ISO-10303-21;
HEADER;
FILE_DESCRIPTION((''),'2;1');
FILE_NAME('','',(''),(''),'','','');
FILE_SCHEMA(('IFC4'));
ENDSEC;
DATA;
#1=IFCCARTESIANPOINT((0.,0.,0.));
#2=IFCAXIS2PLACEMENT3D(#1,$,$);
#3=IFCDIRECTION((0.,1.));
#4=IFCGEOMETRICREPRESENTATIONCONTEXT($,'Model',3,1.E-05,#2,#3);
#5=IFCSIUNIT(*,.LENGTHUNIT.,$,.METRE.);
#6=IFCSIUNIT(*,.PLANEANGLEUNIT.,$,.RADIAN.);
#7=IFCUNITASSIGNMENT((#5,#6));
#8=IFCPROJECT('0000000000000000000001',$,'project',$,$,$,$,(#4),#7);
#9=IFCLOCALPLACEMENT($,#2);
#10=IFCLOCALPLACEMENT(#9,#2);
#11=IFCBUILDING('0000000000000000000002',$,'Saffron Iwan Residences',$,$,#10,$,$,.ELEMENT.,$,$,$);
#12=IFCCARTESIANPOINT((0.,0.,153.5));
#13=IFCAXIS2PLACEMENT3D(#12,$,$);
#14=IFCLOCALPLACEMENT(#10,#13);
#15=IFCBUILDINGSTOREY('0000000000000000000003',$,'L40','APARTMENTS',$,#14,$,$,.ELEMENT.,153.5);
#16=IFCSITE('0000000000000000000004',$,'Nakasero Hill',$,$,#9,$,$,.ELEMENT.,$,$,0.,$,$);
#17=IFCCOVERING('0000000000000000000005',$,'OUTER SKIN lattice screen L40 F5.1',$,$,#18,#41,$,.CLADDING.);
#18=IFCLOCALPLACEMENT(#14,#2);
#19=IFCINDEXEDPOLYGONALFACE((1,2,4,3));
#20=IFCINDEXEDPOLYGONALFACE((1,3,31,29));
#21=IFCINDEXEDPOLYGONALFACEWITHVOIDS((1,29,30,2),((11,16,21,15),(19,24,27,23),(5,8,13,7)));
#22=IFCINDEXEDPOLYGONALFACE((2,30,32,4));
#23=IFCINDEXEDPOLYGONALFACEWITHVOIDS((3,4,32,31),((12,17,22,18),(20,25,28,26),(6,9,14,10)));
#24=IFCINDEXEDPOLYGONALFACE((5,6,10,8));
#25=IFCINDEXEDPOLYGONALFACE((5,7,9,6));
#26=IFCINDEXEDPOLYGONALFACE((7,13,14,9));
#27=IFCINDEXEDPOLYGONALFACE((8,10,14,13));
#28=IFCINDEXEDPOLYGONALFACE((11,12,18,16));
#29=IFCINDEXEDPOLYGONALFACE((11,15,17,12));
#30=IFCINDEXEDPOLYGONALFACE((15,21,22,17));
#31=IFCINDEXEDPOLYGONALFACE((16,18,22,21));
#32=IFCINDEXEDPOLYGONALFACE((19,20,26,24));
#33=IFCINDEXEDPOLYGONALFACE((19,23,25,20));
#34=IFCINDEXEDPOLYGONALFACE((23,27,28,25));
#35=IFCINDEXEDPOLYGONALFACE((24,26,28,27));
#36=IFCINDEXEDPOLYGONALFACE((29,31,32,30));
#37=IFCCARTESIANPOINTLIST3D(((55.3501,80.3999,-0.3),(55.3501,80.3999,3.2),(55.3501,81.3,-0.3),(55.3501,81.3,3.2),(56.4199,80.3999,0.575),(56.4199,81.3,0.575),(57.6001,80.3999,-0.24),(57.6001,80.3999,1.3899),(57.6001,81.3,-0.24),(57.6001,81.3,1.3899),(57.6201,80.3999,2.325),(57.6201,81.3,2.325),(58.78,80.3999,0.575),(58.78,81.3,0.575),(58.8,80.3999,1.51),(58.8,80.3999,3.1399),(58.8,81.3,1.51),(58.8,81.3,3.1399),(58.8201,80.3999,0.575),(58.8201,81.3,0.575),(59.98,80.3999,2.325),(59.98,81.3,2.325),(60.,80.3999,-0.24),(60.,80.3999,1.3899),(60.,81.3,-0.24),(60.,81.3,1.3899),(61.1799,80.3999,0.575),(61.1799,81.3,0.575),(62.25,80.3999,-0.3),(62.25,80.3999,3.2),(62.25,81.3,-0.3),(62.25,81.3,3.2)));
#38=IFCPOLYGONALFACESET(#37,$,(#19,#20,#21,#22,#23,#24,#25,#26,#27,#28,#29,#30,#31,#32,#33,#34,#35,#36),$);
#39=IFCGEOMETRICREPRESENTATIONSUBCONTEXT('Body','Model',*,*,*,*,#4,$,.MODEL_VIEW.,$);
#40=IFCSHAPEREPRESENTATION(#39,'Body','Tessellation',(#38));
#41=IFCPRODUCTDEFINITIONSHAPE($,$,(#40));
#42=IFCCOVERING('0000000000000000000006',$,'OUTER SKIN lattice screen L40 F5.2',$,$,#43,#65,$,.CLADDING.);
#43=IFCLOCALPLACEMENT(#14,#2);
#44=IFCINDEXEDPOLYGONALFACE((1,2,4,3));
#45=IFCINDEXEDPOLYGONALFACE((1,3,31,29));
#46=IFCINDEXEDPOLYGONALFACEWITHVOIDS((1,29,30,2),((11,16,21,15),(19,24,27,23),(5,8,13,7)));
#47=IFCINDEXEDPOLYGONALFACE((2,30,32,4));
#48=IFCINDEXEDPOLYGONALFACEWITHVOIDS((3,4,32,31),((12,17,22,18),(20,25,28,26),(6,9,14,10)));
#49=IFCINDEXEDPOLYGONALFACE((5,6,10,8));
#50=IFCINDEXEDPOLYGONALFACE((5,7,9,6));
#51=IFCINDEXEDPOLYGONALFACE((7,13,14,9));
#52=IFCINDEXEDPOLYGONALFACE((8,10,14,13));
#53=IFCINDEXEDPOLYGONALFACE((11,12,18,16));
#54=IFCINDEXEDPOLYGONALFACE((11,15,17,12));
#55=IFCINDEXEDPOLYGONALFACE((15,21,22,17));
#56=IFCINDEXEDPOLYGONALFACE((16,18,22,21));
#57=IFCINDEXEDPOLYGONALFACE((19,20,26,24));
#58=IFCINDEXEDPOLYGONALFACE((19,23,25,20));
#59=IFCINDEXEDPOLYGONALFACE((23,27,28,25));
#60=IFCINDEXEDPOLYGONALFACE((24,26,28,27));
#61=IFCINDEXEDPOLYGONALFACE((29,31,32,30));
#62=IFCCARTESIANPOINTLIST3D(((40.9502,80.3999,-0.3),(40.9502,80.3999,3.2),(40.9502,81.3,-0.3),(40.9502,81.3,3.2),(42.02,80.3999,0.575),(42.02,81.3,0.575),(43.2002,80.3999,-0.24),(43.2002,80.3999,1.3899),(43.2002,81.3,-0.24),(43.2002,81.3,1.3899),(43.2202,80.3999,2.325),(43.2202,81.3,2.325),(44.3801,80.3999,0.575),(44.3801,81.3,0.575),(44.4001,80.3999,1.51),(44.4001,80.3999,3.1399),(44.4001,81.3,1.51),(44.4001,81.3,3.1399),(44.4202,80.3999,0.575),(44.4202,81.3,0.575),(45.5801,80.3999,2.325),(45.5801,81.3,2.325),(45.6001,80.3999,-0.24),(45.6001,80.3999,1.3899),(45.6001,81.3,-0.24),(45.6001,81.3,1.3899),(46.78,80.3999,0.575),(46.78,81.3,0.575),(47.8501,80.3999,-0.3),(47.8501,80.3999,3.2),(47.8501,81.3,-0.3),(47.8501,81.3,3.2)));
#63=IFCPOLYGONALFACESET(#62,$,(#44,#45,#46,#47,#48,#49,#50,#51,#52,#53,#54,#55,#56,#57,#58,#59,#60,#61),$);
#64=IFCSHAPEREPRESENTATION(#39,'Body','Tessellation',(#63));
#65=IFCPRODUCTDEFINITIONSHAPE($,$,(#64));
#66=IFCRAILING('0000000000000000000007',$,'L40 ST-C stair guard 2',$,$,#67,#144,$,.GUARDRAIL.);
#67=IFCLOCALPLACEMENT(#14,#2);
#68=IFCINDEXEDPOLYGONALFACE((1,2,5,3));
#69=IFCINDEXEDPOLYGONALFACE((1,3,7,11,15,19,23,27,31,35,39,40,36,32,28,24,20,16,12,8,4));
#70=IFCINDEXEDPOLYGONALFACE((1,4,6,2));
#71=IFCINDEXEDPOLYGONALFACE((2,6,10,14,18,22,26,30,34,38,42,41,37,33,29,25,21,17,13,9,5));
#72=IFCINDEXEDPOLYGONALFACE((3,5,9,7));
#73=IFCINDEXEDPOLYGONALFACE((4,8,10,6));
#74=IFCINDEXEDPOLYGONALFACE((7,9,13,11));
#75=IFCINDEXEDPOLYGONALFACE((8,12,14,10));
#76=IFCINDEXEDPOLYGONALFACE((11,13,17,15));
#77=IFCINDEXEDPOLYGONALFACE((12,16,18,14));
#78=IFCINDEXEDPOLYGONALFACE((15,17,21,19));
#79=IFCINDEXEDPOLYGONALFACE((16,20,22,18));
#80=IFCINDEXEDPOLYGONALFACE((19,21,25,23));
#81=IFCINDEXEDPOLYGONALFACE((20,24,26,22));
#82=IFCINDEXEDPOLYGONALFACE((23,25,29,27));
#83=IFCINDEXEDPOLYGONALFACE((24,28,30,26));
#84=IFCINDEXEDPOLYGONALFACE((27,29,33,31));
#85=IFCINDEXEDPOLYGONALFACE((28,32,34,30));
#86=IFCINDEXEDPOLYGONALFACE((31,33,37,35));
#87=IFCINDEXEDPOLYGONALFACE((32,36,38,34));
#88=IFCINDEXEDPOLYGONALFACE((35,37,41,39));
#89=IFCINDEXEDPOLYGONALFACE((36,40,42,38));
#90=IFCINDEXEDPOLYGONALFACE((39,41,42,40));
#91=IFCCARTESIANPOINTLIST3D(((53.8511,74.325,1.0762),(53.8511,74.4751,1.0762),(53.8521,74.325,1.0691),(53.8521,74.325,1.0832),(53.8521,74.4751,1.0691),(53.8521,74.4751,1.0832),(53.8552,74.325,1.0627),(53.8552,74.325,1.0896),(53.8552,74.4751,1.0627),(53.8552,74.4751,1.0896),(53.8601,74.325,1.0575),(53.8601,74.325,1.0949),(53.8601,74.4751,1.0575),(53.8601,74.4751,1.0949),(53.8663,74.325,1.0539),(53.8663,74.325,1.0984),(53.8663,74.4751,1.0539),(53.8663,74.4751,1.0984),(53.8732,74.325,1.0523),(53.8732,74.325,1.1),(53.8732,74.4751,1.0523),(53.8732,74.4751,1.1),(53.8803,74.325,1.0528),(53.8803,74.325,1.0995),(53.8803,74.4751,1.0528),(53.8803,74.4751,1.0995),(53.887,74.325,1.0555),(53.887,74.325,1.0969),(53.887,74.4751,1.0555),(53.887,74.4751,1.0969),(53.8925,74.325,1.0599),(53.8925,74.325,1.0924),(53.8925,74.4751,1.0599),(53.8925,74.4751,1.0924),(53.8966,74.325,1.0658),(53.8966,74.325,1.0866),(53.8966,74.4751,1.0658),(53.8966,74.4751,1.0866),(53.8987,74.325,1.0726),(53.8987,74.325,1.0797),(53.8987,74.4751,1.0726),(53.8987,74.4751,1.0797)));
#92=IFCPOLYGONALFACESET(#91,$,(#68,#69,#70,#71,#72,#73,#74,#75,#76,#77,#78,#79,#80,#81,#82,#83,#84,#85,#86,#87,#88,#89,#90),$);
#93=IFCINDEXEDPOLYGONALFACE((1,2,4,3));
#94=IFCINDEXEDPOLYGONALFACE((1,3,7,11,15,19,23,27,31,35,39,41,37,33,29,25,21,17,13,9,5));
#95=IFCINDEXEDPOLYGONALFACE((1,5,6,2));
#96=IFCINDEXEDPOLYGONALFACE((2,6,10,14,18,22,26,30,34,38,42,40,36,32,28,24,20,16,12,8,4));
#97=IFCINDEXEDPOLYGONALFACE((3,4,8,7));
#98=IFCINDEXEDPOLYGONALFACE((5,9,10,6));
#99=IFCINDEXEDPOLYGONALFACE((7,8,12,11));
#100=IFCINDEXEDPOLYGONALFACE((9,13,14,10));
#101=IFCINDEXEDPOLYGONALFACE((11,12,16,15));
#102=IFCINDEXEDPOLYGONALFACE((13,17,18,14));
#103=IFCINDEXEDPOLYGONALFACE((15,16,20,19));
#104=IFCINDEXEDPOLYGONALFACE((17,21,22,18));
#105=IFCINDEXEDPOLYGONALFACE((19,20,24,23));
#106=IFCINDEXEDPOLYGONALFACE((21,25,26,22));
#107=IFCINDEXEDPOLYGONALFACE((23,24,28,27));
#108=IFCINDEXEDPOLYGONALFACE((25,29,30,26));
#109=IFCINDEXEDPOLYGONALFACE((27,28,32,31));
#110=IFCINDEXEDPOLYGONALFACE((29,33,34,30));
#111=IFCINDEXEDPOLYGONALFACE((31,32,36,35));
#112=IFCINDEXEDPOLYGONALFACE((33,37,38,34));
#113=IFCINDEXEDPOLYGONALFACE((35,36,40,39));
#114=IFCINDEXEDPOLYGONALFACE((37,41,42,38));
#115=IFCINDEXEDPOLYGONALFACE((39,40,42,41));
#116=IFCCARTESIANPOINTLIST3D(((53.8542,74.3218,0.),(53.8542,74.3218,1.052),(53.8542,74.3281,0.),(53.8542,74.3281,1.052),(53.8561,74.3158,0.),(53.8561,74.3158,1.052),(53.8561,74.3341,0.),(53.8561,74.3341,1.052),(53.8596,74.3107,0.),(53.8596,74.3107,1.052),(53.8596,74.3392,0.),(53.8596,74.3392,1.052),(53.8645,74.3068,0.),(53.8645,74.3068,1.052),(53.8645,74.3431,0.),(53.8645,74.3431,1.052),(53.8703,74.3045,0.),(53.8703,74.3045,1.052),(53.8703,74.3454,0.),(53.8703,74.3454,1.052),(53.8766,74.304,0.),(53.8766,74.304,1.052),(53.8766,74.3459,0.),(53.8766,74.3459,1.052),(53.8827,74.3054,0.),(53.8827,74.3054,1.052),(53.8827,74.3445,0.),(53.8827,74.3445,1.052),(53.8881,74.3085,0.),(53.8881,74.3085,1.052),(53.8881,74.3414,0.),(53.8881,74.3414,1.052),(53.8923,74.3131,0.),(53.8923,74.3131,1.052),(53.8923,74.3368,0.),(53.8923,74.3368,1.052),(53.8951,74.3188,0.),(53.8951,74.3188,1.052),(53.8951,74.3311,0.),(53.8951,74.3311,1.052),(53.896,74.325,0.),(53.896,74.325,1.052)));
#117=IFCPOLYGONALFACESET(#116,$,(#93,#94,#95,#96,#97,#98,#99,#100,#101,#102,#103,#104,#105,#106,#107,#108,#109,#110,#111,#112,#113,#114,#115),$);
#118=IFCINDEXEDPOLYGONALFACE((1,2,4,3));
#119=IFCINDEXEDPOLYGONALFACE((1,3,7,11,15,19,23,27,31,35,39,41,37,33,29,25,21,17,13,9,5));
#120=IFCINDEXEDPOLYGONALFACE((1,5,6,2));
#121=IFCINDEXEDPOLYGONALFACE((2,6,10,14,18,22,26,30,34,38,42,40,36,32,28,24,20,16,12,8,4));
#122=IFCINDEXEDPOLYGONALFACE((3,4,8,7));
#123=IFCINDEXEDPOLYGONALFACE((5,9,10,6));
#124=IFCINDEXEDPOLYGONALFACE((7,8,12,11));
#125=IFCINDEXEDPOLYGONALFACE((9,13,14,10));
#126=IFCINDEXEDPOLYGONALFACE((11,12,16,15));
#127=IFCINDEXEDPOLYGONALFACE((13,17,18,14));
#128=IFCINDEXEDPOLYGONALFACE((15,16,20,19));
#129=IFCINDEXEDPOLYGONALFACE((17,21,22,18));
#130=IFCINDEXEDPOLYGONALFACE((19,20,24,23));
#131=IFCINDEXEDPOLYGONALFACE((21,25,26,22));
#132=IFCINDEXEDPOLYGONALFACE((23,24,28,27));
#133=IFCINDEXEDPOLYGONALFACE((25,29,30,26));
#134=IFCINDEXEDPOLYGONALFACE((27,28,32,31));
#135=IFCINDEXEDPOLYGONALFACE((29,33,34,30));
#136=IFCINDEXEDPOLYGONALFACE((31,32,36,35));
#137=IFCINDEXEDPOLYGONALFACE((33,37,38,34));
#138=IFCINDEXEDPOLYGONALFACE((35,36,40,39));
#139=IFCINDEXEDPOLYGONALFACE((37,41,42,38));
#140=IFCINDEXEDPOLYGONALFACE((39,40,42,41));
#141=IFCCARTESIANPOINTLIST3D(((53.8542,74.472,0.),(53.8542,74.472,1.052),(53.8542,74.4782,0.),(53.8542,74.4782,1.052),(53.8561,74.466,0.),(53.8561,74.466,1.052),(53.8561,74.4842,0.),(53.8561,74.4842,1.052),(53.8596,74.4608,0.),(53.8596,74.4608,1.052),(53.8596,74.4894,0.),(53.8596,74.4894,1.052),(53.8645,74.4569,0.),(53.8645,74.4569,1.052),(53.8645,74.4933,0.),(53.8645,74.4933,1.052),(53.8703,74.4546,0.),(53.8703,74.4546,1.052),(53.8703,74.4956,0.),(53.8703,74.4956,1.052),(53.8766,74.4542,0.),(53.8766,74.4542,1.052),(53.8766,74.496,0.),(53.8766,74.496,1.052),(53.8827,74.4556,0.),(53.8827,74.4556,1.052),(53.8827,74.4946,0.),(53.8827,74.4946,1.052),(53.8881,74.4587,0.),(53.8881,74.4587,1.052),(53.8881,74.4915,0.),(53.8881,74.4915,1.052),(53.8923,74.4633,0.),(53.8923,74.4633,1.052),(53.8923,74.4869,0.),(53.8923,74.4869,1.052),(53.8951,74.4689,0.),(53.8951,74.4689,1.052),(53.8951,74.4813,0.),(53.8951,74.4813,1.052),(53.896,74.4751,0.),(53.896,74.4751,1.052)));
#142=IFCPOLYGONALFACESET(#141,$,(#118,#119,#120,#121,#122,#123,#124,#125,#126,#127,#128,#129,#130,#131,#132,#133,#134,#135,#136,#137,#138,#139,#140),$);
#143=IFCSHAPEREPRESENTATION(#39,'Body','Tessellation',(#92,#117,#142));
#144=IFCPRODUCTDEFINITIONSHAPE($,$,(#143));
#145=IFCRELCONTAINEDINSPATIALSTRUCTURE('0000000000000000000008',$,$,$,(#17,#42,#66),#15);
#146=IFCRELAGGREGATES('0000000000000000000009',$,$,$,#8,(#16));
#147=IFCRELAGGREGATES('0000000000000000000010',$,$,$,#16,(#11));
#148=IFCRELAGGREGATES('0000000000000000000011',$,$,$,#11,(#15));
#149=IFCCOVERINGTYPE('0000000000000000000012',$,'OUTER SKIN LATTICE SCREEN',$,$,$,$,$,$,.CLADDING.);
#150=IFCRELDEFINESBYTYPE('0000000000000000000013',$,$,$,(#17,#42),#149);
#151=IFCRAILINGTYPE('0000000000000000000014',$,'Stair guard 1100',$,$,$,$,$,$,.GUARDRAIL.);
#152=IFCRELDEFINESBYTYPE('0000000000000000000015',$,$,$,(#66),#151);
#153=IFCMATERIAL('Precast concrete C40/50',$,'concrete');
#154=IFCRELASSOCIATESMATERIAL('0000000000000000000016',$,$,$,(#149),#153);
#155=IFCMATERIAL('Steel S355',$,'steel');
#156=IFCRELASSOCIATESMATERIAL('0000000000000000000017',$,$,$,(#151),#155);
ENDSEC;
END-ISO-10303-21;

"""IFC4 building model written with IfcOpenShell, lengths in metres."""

from ifc_helpers import new_model, si_unit, direction, frame, origin, origin_2d, place, context, subcontext, project, spatial, polyline, circle, outline, extrude, material, type_object, element, save


model = new_model("IFC4")

# Units and contexts
model_context = context("Model", 3, precision=1e-05, world=origin(), true_north=direction((0.0, 1.0)))
body_context = subcontext(model_context, "Body", "Model", "MODEL_VIEW")
ifc_project = project(units=[si_unit("LENGTHUNIT", "METRE"), si_unit("PLANEANGLEUNIT", "RADIAN")], contexts=[model_context])

# Site, building, storey
site_placement = place(None, origin())
site = spatial("IfcSite", under=ifc_project, at=site_placement, Name="Nakasero Hill", CompositionType="ELEMENT", RefElevation=0.0)
building_placement = place(site_placement, origin())
building = spatial("IfcBuilding", under=site, at=building_placement, Name="Saffron Iwan Residences", CompositionType="ELEMENT")
storey_placement = place(building_placement, frame((0.0, 0.0, 153.5)))
storey = spatial("IfcBuildingStorey", under=building, at=storey_placement, Name="L40", Description="APARTMENTS", CompositionType="ELEMENT", Elevation=153.5)

# Coverings
ifc_material_1 = material(Name="Precast concrete C40/50", Category="concrete")
covering_type_1 = type_object("IfcCoveringType", Name="OUTER SKIN LATTICE SCREEN", PredefinedType="CLADDING", material=ifc_material_1)
for number, where, z_axis, x_axis, name in (
    (1, (62.25, 80.3999, -0.3), (0.0, 1.0, 0.0), (-1.0, 0.0, 0.0), "OUTER SKIN lattice screen L40 F5.1"),
    (2, (47.8501, 80.3999, -0.3), (0.0, 1.0, 0.0), (-1.0, 0.0, 0.0), "OUTER SKIN lattice screen L40 F5.2"),
):
    element("IfcCovering", number, at=place(storey_placement, frame(where, z_axis=z_axis, x_axis=x_axis)), inside=storey, type_object=covering_type_1, Name=name, PredefinedType="CLADDING", context=body_context, shape_type="SweptSolid", body=[
        extrude(outline(polyline([(0.0, 0.0), (6.8999, 0.0), (6.8999, 3.5), (0.0, 3.5), (0.0, 0.0)]), holes=[polyline([(1.0701, 0.875), (2.25, 0.0601), (3.4299, 0.875), (2.25, 1.6899), (1.0701, 0.875)]), polyline([(3.47, 0.875), (4.6499, 0.0601), (5.8301, 0.875), (4.6499, 1.6899), (3.47, 0.875)]), polyline([(2.27, 2.625), (3.45, 1.8101), (4.6299, 2.625), (3.45, 3.4399), (2.27, 2.625)])]), origin(), (0.0, 0.0, 1.0), 0.9001),
    ])

# Railing
ifc_material_2 = material(Name="Steel S355", Category="steel")
railing_type_1 = type_object("IfcRailingType", Name="Stair guard 1100", PredefinedType="GUARDRAIL", material=ifc_material_2)
railing_1_placement = place(storey_placement, frame((53.875, 74.325, 0.0)))
element("IfcRailing", 3, at=railing_1_placement, inside=storey, type_object=railing_type_1, Name="L40 ST-C stair guard 2", PredefinedType="GUARDRAIL", context=body_context, shape_type="SweptSolid", body=[
    extrude(circle(Radius=0.0239, at=origin_2d()), frame((0.0, 0.0, 1.0762), z_axis=(0.0, 1.0, 0.0), x_axis=(-1.0, 0.0, 0.0)), (0.0, 0.0, 1.0), 0.1501),
    extrude(circle(Radius=0.021, at=origin_2d()), origin(), (0.0, 0.0, 1.0), 1.052),
    extrude(circle(Radius=0.021, at=origin_2d()), frame((0.0, 0.1501, 0.0)), (0.0, 0.0, 1.0), 1.052),
])

save(model, "model.ifc")
